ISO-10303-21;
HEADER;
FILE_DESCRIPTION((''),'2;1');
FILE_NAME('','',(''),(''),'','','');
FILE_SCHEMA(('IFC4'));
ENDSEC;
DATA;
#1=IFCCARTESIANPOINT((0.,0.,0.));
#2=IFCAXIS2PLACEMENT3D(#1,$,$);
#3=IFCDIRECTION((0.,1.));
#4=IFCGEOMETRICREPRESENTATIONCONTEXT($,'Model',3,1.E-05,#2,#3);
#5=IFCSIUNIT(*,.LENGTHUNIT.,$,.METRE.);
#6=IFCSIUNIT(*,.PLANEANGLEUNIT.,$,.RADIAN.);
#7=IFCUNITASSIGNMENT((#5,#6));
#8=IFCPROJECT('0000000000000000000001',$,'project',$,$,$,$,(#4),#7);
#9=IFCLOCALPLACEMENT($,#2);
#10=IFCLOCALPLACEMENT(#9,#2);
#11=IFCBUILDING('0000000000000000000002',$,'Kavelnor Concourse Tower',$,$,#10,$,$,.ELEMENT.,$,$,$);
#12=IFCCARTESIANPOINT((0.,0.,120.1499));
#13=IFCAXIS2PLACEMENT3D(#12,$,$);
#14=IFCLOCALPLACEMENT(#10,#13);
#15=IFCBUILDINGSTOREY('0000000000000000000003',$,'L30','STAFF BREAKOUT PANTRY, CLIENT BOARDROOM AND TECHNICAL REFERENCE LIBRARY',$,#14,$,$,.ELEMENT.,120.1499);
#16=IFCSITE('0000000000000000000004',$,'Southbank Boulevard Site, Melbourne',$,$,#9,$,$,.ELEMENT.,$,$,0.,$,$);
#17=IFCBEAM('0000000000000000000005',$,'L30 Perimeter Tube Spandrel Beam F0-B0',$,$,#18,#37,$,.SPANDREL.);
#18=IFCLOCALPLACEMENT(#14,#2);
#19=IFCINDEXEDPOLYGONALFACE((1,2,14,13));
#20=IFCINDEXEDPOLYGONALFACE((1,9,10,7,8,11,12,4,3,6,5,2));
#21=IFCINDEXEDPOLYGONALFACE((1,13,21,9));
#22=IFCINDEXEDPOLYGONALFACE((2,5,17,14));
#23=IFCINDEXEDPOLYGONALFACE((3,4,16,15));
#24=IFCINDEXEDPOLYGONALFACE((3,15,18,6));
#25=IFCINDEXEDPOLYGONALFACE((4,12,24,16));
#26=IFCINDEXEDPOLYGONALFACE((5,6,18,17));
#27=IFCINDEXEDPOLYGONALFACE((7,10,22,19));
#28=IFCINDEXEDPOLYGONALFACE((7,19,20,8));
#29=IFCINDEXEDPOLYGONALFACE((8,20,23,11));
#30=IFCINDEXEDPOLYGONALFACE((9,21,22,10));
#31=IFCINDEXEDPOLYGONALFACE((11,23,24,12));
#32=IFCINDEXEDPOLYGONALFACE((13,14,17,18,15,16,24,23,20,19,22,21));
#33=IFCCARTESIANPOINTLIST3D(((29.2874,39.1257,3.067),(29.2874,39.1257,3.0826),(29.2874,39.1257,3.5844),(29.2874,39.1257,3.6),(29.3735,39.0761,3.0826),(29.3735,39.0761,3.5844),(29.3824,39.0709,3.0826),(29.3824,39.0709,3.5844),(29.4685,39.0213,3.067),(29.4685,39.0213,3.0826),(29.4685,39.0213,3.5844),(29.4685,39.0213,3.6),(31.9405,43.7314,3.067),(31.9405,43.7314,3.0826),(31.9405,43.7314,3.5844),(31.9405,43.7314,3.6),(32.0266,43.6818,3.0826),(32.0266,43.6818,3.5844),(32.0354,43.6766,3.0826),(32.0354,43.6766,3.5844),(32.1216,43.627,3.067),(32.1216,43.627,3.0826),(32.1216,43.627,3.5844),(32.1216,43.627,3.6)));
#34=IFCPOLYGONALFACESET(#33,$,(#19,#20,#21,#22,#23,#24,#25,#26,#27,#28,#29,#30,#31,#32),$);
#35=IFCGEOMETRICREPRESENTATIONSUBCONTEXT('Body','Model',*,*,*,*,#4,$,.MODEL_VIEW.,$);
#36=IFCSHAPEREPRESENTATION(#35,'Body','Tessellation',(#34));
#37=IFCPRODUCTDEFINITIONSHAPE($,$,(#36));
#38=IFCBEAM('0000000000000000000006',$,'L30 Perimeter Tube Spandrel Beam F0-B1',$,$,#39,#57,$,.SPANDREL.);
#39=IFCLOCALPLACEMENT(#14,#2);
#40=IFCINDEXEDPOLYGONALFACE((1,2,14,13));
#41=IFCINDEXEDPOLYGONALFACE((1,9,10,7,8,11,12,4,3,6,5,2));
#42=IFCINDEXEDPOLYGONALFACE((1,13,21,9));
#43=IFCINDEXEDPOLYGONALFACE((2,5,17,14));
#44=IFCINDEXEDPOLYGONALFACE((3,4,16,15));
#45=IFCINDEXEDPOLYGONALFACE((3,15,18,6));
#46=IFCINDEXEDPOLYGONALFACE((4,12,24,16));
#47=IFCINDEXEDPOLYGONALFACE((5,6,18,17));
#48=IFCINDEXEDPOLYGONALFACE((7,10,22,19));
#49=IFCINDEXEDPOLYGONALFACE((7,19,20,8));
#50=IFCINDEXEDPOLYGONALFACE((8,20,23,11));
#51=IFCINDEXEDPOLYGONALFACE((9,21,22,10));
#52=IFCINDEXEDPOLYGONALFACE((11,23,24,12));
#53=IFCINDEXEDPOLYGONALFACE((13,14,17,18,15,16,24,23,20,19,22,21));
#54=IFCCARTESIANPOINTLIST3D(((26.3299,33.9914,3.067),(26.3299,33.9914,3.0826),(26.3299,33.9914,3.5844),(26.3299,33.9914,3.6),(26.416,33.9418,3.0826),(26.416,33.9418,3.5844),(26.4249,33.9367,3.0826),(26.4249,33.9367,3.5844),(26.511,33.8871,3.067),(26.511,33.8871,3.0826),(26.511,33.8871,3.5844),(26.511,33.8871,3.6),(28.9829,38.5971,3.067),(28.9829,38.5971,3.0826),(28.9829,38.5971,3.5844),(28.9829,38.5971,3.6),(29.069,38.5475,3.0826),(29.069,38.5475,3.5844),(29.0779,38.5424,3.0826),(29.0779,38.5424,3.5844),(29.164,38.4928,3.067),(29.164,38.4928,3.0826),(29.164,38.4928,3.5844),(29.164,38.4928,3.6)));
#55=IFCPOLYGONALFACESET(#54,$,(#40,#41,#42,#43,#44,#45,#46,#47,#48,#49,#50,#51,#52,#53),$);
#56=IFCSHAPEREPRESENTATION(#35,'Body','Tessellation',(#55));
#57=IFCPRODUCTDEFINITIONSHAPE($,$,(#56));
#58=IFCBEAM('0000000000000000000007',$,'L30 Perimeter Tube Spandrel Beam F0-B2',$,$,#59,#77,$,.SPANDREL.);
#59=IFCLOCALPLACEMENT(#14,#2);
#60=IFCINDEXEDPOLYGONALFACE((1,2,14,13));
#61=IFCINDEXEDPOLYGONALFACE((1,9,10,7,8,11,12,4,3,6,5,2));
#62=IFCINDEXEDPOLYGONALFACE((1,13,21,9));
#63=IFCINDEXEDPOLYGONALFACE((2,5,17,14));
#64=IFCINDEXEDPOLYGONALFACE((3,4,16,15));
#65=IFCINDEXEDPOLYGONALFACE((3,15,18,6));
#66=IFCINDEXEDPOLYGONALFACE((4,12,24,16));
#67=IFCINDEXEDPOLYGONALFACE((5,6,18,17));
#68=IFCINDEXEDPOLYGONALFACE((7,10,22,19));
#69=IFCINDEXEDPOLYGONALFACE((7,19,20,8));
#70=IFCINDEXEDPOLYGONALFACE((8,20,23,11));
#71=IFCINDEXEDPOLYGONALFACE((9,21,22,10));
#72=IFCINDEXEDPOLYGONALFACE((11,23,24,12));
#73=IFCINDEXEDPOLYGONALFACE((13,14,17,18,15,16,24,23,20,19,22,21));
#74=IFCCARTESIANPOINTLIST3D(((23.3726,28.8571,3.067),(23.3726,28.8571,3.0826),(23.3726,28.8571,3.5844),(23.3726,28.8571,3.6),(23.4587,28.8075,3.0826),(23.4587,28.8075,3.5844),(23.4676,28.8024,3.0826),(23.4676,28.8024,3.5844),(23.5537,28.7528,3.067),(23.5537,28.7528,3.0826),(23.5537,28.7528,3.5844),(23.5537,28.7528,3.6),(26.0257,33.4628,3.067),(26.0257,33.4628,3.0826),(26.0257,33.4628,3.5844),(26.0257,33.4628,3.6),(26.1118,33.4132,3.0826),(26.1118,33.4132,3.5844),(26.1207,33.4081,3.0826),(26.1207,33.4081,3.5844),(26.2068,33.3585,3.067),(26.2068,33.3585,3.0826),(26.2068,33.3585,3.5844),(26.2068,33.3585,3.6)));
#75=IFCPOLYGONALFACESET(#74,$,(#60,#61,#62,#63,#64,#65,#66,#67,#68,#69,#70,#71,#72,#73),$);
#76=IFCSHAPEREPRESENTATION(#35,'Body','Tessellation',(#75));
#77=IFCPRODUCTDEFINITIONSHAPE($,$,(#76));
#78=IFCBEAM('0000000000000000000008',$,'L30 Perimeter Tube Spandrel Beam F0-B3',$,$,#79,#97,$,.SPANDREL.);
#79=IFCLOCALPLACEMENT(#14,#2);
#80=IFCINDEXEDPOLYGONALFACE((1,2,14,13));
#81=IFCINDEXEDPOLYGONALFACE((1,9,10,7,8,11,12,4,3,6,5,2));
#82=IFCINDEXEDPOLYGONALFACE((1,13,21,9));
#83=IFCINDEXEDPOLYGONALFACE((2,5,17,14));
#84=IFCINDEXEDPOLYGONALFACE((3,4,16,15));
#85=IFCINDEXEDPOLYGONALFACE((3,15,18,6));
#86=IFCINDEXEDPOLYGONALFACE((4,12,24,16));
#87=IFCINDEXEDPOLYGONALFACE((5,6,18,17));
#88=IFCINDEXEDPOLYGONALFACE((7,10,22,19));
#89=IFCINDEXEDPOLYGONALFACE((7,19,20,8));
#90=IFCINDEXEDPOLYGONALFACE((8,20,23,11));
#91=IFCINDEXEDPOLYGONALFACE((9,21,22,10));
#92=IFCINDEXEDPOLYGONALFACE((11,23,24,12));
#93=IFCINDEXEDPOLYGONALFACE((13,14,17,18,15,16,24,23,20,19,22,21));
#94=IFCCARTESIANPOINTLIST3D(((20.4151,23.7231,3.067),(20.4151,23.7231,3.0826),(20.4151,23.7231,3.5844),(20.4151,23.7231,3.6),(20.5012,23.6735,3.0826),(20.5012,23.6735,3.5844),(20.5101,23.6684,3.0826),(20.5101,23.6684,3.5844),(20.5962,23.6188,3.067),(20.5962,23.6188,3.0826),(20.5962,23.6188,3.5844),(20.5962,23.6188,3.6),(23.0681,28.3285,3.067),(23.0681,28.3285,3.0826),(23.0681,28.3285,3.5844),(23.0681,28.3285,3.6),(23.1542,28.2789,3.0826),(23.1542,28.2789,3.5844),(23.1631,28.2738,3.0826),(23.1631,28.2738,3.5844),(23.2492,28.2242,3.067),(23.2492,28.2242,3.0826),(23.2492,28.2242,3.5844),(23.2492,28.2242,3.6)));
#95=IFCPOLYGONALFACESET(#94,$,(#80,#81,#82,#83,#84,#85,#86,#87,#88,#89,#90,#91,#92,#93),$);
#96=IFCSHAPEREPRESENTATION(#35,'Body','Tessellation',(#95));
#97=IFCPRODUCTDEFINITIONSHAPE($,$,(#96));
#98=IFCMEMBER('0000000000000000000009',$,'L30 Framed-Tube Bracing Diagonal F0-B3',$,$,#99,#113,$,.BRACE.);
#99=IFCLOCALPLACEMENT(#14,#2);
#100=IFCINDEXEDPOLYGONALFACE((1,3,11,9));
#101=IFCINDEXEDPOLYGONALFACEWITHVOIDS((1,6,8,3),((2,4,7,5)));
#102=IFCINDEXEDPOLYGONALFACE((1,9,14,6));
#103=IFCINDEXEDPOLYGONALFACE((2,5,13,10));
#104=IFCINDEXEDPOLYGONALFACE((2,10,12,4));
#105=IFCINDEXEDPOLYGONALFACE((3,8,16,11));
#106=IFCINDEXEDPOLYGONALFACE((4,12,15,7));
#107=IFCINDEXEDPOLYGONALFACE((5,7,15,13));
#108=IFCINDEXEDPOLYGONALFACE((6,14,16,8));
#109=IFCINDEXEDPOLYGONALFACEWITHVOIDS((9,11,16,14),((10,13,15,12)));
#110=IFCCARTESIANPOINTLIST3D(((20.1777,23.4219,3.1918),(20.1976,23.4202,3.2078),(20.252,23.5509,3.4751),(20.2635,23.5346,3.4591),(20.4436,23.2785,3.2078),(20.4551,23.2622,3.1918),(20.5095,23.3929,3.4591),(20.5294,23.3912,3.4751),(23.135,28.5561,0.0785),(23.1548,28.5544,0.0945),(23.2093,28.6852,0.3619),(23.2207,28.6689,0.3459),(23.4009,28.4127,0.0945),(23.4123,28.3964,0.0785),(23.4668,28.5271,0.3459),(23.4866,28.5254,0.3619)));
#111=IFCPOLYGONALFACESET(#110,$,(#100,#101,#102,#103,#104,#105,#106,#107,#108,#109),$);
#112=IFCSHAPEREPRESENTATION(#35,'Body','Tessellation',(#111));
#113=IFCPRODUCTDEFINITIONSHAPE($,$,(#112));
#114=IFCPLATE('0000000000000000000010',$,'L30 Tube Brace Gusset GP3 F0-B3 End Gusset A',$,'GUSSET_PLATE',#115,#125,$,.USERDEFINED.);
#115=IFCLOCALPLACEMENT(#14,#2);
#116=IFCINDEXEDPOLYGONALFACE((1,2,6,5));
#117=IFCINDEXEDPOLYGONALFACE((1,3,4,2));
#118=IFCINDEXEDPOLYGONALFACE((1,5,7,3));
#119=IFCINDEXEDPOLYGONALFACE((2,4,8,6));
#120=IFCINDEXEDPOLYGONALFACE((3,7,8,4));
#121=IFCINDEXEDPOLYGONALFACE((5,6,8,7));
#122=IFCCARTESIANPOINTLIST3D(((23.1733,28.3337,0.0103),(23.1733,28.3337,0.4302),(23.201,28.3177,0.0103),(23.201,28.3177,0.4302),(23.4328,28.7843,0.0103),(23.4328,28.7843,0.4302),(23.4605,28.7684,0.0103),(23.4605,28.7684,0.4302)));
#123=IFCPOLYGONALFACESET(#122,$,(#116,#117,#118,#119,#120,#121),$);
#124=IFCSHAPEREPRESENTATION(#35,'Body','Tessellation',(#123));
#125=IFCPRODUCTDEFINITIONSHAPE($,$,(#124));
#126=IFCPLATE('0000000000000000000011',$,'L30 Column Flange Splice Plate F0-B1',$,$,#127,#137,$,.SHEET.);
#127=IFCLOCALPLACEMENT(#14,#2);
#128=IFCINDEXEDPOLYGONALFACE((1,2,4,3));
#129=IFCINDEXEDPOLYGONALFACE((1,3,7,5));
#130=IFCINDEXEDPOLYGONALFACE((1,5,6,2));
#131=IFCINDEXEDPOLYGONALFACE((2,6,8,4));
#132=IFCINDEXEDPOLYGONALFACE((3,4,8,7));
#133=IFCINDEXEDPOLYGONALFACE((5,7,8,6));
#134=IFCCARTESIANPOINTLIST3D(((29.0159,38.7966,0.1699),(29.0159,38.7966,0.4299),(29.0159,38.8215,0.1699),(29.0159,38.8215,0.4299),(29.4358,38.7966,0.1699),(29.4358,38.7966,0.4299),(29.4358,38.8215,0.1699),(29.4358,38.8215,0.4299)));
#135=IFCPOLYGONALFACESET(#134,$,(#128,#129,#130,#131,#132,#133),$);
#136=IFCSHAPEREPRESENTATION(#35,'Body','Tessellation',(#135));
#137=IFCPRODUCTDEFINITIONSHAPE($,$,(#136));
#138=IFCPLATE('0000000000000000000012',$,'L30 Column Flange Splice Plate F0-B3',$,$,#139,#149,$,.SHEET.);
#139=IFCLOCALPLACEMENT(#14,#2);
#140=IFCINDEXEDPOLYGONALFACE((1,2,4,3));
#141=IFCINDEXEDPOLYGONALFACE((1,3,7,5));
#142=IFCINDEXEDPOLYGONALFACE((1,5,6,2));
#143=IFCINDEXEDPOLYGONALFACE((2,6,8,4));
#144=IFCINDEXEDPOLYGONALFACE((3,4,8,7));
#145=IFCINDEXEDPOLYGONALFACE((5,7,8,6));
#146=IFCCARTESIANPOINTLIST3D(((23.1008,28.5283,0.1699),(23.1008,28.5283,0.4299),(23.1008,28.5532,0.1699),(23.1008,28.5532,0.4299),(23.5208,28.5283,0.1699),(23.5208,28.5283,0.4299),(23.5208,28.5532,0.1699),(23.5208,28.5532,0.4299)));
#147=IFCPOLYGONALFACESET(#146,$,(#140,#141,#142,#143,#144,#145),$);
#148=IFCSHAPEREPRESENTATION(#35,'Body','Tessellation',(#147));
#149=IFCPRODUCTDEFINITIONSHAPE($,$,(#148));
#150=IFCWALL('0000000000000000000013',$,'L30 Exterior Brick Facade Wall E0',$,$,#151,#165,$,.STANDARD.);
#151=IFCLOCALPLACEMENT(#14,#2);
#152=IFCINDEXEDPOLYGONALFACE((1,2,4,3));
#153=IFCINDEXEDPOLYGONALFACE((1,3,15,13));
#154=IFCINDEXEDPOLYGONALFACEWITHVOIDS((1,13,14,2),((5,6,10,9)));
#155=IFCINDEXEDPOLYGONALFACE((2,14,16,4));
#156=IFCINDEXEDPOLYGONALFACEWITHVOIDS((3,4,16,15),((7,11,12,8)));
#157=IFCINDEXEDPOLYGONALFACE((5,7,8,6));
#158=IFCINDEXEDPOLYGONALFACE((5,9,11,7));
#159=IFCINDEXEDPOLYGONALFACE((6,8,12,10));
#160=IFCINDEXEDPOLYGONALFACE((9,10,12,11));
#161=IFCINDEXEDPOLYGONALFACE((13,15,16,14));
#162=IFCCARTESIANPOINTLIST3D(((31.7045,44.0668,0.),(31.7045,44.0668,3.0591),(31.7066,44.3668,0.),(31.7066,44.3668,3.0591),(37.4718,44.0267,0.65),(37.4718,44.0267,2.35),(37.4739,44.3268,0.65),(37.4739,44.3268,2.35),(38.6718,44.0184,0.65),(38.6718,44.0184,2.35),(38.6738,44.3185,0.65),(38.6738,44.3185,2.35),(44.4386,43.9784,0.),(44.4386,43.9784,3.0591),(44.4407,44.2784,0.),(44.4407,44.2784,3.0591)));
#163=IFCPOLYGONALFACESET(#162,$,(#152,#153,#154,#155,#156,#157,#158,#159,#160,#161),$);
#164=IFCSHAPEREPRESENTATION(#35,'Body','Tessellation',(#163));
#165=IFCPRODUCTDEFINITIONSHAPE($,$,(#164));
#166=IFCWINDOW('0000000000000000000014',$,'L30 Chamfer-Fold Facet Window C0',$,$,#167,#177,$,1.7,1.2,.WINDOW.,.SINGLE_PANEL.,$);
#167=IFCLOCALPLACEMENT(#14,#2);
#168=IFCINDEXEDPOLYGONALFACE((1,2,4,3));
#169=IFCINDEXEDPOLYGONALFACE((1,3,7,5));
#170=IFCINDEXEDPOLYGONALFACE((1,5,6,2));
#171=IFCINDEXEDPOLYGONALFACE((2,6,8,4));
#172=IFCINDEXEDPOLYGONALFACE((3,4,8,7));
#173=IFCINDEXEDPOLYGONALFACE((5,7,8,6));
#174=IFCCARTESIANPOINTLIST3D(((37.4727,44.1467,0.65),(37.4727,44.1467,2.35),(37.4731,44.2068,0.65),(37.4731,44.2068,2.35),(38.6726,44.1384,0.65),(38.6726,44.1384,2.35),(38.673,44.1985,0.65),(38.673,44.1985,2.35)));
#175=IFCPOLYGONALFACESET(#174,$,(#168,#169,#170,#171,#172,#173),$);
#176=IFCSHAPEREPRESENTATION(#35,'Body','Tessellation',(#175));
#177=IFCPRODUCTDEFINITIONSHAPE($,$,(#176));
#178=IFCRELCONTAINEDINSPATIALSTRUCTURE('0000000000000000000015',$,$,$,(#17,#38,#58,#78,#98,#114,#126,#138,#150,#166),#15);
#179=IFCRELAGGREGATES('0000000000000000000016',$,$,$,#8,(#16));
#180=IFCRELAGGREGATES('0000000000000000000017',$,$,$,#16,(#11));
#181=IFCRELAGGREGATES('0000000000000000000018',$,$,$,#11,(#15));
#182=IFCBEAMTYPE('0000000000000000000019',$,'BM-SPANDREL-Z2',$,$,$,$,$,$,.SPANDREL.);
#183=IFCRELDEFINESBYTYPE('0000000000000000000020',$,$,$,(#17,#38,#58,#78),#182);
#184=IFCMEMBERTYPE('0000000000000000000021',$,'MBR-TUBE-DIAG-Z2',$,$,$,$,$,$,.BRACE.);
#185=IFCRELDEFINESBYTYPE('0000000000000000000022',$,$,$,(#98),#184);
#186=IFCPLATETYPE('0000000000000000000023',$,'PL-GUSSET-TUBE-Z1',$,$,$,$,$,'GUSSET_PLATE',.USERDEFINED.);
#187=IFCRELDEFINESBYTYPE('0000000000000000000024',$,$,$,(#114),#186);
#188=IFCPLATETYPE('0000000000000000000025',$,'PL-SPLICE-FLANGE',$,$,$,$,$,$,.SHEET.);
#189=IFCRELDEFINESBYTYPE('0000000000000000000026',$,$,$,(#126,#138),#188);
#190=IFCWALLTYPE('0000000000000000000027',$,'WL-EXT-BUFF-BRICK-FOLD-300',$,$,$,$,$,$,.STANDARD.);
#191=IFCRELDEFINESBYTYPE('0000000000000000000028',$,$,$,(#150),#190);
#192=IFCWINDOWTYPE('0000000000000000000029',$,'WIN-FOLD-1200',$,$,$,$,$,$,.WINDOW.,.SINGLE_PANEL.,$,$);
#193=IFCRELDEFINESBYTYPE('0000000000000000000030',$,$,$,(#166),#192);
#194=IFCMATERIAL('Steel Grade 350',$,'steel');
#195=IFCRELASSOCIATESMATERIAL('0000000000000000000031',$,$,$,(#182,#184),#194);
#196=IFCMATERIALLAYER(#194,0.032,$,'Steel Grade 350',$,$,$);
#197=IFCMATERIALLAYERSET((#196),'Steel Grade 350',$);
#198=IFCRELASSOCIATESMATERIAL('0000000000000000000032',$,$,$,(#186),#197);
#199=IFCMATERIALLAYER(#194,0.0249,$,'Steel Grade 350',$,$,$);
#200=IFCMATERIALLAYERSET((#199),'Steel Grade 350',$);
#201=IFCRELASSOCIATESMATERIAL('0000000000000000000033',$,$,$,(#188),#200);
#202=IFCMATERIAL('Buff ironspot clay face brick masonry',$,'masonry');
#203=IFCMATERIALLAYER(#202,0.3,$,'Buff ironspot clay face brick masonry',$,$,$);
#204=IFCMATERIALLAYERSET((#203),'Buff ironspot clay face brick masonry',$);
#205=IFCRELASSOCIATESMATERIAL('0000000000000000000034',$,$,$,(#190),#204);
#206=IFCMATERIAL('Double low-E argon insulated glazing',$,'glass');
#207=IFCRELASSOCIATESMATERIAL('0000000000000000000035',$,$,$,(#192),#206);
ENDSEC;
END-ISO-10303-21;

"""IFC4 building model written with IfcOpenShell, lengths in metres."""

from ifc_helpers import new_model, si_unit, direction, frame, frame_2d, origin, origin_2d, place, context, subcontext, project, spatial, rectangle, hollow_rectangle, i_section, extrude, material, layer, layer_set, material_profile, profile_set, type_object, element, fill, save


model = new_model("IFC4")

# Units and contexts
model_context = context("Model", 3, precision=1e-05, world=origin(), true_north=direction((0.0, 1.0)))
body_context = subcontext(model_context, "Body", "Model", "MODEL_VIEW")
ifc_project = project(units=[si_unit("LENGTHUNIT", "METRE"), si_unit("PLANEANGLEUNIT", "RADIAN")], contexts=[model_context])

# Site, building, storey
site_placement = place(None, origin())
site = spatial("IfcSite", under=ifc_project, at=site_placement, Name="Southbank Boulevard Site, Melbourne", CompositionType="ELEMENT", RefElevation=0.0)
building_placement = place(site_placement, origin())
building = spatial("IfcBuilding", under=site, at=building_placement, Name="Kavelnor Concourse Tower", CompositionType="ELEMENT")
storey_placement = place(building_placement, frame((0.0, 0.0, 120.1499)))
storey = spatial("IfcBuildingStorey", under=building, at=storey_placement, Name="L30", Description="STAFF BREAKOUT PANTRY, CLIENT BOARDROOM AND TECHNICAL REFERENCE LIBRARY", CompositionType="ELEMENT", Elevation=120.1499)

# Shared definitions
ifc_material_1 = material(Name="Steel Grade 350", Category="steel")

# Beams
ifc_material_profile_1 = material_profile(ifc_material_1, i_section(OverallWidth=0.209, OverallDepth=0.533, WebThickness=0.0103, FlangeThickness=0.0156, at=origin_2d()), Name="530UB92")
ifc_profile_set_1 = profile_set([ifc_material_profile_1], Name="Steel Grade 350")
beam_type_1 = type_object("IfcBeamType", Name="BM-SPANDREL-Z2", PredefinedType="SPANDREL", material=ifc_profile_set_1)
for number, where, z_axis, x_axis, name in (
    (1, (32.031, 43.6792, 3.3335), (-0.499148, -0.866517, 0.0), (0.866517, -0.499148, 0.0), "L30 Perimeter Tube Spandrel Beam F0-B0"),
    (2, (29.0735, 38.5449, 3.3335), (-0.499148, -0.866517, 0.0), (0.866517, -0.499148, 0.0), "L30 Perimeter Tube Spandrel Beam F0-B1"),
    (3, (26.1162, 33.4106, 3.3335), (-0.499148, -0.866517, 0.0), (0.866517, -0.499148, 0.0), "L30 Perimeter Tube Spandrel Beam F0-B2"),
):
    element("IfcBeam", number, at=place(storey_placement, frame(where, z_axis=z_axis, x_axis=x_axis)), inside=storey, type_object=beam_type_1, Name=name, PredefinedType="SPANDREL", context=body_context, shape_type="SweptSolid", body=[
        extrude(i_section(OverallWidth=0.209, OverallDepth=0.533, WebThickness=0.0103, FlangeThickness=0.0156, at=origin_2d()), origin(), (0.0, 0.0, 1.0), 5.3152),
    ])
beam_1_placement = place(storey_placement, frame((23.1587, 28.2764, 3.3335), z_axis=(-0.499168, -0.866505, 0.0), x_axis=(0.866505, -0.499168, 0.0)))
element("IfcBeam", 4, at=beam_1_placement, inside=storey, type_object=beam_type_1, Name="L30 Perimeter Tube Spandrel Beam F0-B3", PredefinedType="SPANDREL", context=body_context, shape_type="SweptSolid", body=[
    extrude(i_section(OverallWidth=0.209, OverallDepth=0.533, WebThickness=0.0103, FlangeThickness=0.0156, at=origin_2d()), origin(), (0.0, 0.0, 1.0), 5.3149),
])

# Member
ifc_material_profile_2 = material_profile(ifc_material_1, hollow_rectangle(XDim=0.3201, YDim=0.3201, WallThickness=0.0181, at=origin_2d()), Name="SHS 320x320x18")
ifc_profile_set_2 = profile_set([ifc_material_profile_2], Name="Steel Grade 350")
member_type = type_object("IfcMemberType", Name="MBR-TUBE-DIAG-Z2", PredefinedType="BRACE", material=ifc_profile_set_2)
member_placement = place(storey_placement, frame((23.3108, 28.5408, 0.2202), z_axis=(-0.441833, -0.76709, 0.465142), x_axis=(0.866537, -0.499114, 0.0)))
element("IfcMember", 5, at=member_placement, inside=storey, type_object=member_type, Name="L30 Framed-Tube Bracing Diagonal F0-B3", PredefinedType="BRACE", context=body_context, shape_type="SweptSolid", body=[
    extrude(hollow_rectangle(XDim=0.3201, YDim=0.3201, WallThickness=0.0181, at=origin_2d()), origin(), (0.0, 0.0, 1.0), 6.6931),
])

# Plates
ifc_layer_1 = layer(ifc_material_1, 0.032, Name="Steel Grade 350")
ifc_layer_set_1 = layer_set([ifc_layer_1], Name="Steel Grade 350")
plate_type_1 = type_object("IfcPlateType", Name="PL-GUSSET-TUBE-Z1", ElementType="GUSSET_PLATE", PredefinedType="USERDEFINED", material=ifc_layer_set_1)
plate_placement = place(storey_placement, frame((23.3169, 28.551, 0.0103), z_axis=(0.0, 0.0, 1.0), x_axis=(-0.499093, -0.866549, 0.0)))
element("IfcPlate", 6, at=plate_placement, inside=storey, type_object=plate_type_1, Name="L30 Tube Brace Gusset GP3 F0-B3 End Gusset A", ObjectType="GUSSET_PLATE", PredefinedType="USERDEFINED", context=body_context, shape_type="SweptSolid", body=[
    extrude(rectangle(XDim=0.52, YDim=0.032, at=origin_2d()), origin(), (0.0, 0.0, 1.0), 0.4199),
])
ifc_layer_2 = layer(ifc_material_1, 0.0249, Name="Steel Grade 350")
ifc_layer_set_2 = layer_set([ifc_layer_2], Name="Steel Grade 350")
plate_type_2 = type_object("IfcPlateType", Name="PL-SPLICE-FLANGE", PredefinedType="SHEET", material=ifc_layer_set_2)
for number, where, z_axis, x_axis, name in (
    (7, (29.2258, 38.8091, 0.1699), (0.0, 0.0, 1.0), (1.0, 0.0, 0.0), "L30 Column Flange Splice Plate F0-B1"),
    (8, (23.3108, 28.5408, 0.1699), (0.0, 0.0, 1.0), (1.0, 0.0, 0.0), "L30 Column Flange Splice Plate F0-B3"),
):
    element("IfcPlate", number, at=place(storey_placement, frame(where, z_axis=z_axis, x_axis=x_axis)), inside=storey, type_object=plate_type_2, Name=name, PredefinedType="SHEET", context=body_context, shape_type="SweptSolid", body=[
        extrude(rectangle(XDim=0.4199, YDim=0.0249, at=origin_2d()), origin(), (0.0, 0.0, 1.0), 0.26),
    ])

# Wall, opening, window
ifc_material_2 = material(Name="Buff ironspot clay face brick masonry", Category="masonry")
ifc_layer_3 = layer(ifc_material_2, 0.3, Name="Buff ironspot clay face brick masonry")
ifc_layer_set_3 = layer_set([ifc_layer_3], Name="Buff ironspot clay face brick masonry")
wall_type_1 = type_object("IfcWallType", Name="WL-EXT-BUFF-BRICK-FOLD-300", PredefinedType="STANDARD", material=ifc_layer_set_3)
wall_1_placement = place(storey_placement, frame((31.7056, 44.2168, 0.0), z_axis=(0.0, 0.0, 1.0), x_axis=(0.999976, -0.00694, 0.0)))
wall_1 = element("IfcWall", 9, at=wall_1_placement, inside=storey, type_object=wall_type_1, Name="L30 Exterior Brick Facade Wall E0", PredefinedType="STANDARD", context=body_context, shape_type="SweptSolid", body=[
    extrude(rectangle(XDim=12.7344, YDim=0.3, at=frame_2d((6.3672, 0.0))), origin(), (0.0, 0.0, 1.0), 3.0591),
])
opening_1_placement = place(wall_1_placement, frame((5.7673, 0.0, 0.6499)))
opening_1 = element("IfcOpeningElement", 10, at=opening_1_placement, cuts=wall_1, PredefinedType="OPENING", context=body_context, shape_type="SweptSolid", body=[
    extrude(rectangle(XDim=1.2, YDim=1.7, at=frame_2d((0.6001, 0.8501))), frame((0.0, 0.1602, 0.0), z_axis=(0.0, -1.0, 0.0), x_axis=(1.0, 0.0, 0.0)), (0.0, 0.0, 1.0), 0.3201),
])
ifc_material_3 = material(Name="Double low-E argon insulated glazing", Category="glass")
window_type = type_object("IfcWindowType", Name="WIN-FOLD-1200", PartitioningType="SINGLE_PANEL", PredefinedType="WINDOW", material=ifc_material_3)
window_placement = place(opening_1_placement, origin())
window = element("IfcWindow", 11, at=window_placement, inside=storey, type_object=window_type, Name="L30 Chamfer-Fold Facet Window C0", OverallHeight=1.7, OverallWidth=1.2, PartitioningType="SINGLE_PANEL", PredefinedType="WINDOW", context=body_context, shape_type="SweptSolid", body=[
    extrude(rectangle(XDim=1.2, YDim=1.7, at=frame_2d((0.6001, 0.8501))), frame((0.0, 0.03, 0.0), z_axis=(0.0, -1.0, 0.0), x_axis=(1.0, 0.0, 0.0)), (0.0, 0.0, 1.0), 0.0601),
])
fill(opening_1, window)

save(model, "model.ifc")
